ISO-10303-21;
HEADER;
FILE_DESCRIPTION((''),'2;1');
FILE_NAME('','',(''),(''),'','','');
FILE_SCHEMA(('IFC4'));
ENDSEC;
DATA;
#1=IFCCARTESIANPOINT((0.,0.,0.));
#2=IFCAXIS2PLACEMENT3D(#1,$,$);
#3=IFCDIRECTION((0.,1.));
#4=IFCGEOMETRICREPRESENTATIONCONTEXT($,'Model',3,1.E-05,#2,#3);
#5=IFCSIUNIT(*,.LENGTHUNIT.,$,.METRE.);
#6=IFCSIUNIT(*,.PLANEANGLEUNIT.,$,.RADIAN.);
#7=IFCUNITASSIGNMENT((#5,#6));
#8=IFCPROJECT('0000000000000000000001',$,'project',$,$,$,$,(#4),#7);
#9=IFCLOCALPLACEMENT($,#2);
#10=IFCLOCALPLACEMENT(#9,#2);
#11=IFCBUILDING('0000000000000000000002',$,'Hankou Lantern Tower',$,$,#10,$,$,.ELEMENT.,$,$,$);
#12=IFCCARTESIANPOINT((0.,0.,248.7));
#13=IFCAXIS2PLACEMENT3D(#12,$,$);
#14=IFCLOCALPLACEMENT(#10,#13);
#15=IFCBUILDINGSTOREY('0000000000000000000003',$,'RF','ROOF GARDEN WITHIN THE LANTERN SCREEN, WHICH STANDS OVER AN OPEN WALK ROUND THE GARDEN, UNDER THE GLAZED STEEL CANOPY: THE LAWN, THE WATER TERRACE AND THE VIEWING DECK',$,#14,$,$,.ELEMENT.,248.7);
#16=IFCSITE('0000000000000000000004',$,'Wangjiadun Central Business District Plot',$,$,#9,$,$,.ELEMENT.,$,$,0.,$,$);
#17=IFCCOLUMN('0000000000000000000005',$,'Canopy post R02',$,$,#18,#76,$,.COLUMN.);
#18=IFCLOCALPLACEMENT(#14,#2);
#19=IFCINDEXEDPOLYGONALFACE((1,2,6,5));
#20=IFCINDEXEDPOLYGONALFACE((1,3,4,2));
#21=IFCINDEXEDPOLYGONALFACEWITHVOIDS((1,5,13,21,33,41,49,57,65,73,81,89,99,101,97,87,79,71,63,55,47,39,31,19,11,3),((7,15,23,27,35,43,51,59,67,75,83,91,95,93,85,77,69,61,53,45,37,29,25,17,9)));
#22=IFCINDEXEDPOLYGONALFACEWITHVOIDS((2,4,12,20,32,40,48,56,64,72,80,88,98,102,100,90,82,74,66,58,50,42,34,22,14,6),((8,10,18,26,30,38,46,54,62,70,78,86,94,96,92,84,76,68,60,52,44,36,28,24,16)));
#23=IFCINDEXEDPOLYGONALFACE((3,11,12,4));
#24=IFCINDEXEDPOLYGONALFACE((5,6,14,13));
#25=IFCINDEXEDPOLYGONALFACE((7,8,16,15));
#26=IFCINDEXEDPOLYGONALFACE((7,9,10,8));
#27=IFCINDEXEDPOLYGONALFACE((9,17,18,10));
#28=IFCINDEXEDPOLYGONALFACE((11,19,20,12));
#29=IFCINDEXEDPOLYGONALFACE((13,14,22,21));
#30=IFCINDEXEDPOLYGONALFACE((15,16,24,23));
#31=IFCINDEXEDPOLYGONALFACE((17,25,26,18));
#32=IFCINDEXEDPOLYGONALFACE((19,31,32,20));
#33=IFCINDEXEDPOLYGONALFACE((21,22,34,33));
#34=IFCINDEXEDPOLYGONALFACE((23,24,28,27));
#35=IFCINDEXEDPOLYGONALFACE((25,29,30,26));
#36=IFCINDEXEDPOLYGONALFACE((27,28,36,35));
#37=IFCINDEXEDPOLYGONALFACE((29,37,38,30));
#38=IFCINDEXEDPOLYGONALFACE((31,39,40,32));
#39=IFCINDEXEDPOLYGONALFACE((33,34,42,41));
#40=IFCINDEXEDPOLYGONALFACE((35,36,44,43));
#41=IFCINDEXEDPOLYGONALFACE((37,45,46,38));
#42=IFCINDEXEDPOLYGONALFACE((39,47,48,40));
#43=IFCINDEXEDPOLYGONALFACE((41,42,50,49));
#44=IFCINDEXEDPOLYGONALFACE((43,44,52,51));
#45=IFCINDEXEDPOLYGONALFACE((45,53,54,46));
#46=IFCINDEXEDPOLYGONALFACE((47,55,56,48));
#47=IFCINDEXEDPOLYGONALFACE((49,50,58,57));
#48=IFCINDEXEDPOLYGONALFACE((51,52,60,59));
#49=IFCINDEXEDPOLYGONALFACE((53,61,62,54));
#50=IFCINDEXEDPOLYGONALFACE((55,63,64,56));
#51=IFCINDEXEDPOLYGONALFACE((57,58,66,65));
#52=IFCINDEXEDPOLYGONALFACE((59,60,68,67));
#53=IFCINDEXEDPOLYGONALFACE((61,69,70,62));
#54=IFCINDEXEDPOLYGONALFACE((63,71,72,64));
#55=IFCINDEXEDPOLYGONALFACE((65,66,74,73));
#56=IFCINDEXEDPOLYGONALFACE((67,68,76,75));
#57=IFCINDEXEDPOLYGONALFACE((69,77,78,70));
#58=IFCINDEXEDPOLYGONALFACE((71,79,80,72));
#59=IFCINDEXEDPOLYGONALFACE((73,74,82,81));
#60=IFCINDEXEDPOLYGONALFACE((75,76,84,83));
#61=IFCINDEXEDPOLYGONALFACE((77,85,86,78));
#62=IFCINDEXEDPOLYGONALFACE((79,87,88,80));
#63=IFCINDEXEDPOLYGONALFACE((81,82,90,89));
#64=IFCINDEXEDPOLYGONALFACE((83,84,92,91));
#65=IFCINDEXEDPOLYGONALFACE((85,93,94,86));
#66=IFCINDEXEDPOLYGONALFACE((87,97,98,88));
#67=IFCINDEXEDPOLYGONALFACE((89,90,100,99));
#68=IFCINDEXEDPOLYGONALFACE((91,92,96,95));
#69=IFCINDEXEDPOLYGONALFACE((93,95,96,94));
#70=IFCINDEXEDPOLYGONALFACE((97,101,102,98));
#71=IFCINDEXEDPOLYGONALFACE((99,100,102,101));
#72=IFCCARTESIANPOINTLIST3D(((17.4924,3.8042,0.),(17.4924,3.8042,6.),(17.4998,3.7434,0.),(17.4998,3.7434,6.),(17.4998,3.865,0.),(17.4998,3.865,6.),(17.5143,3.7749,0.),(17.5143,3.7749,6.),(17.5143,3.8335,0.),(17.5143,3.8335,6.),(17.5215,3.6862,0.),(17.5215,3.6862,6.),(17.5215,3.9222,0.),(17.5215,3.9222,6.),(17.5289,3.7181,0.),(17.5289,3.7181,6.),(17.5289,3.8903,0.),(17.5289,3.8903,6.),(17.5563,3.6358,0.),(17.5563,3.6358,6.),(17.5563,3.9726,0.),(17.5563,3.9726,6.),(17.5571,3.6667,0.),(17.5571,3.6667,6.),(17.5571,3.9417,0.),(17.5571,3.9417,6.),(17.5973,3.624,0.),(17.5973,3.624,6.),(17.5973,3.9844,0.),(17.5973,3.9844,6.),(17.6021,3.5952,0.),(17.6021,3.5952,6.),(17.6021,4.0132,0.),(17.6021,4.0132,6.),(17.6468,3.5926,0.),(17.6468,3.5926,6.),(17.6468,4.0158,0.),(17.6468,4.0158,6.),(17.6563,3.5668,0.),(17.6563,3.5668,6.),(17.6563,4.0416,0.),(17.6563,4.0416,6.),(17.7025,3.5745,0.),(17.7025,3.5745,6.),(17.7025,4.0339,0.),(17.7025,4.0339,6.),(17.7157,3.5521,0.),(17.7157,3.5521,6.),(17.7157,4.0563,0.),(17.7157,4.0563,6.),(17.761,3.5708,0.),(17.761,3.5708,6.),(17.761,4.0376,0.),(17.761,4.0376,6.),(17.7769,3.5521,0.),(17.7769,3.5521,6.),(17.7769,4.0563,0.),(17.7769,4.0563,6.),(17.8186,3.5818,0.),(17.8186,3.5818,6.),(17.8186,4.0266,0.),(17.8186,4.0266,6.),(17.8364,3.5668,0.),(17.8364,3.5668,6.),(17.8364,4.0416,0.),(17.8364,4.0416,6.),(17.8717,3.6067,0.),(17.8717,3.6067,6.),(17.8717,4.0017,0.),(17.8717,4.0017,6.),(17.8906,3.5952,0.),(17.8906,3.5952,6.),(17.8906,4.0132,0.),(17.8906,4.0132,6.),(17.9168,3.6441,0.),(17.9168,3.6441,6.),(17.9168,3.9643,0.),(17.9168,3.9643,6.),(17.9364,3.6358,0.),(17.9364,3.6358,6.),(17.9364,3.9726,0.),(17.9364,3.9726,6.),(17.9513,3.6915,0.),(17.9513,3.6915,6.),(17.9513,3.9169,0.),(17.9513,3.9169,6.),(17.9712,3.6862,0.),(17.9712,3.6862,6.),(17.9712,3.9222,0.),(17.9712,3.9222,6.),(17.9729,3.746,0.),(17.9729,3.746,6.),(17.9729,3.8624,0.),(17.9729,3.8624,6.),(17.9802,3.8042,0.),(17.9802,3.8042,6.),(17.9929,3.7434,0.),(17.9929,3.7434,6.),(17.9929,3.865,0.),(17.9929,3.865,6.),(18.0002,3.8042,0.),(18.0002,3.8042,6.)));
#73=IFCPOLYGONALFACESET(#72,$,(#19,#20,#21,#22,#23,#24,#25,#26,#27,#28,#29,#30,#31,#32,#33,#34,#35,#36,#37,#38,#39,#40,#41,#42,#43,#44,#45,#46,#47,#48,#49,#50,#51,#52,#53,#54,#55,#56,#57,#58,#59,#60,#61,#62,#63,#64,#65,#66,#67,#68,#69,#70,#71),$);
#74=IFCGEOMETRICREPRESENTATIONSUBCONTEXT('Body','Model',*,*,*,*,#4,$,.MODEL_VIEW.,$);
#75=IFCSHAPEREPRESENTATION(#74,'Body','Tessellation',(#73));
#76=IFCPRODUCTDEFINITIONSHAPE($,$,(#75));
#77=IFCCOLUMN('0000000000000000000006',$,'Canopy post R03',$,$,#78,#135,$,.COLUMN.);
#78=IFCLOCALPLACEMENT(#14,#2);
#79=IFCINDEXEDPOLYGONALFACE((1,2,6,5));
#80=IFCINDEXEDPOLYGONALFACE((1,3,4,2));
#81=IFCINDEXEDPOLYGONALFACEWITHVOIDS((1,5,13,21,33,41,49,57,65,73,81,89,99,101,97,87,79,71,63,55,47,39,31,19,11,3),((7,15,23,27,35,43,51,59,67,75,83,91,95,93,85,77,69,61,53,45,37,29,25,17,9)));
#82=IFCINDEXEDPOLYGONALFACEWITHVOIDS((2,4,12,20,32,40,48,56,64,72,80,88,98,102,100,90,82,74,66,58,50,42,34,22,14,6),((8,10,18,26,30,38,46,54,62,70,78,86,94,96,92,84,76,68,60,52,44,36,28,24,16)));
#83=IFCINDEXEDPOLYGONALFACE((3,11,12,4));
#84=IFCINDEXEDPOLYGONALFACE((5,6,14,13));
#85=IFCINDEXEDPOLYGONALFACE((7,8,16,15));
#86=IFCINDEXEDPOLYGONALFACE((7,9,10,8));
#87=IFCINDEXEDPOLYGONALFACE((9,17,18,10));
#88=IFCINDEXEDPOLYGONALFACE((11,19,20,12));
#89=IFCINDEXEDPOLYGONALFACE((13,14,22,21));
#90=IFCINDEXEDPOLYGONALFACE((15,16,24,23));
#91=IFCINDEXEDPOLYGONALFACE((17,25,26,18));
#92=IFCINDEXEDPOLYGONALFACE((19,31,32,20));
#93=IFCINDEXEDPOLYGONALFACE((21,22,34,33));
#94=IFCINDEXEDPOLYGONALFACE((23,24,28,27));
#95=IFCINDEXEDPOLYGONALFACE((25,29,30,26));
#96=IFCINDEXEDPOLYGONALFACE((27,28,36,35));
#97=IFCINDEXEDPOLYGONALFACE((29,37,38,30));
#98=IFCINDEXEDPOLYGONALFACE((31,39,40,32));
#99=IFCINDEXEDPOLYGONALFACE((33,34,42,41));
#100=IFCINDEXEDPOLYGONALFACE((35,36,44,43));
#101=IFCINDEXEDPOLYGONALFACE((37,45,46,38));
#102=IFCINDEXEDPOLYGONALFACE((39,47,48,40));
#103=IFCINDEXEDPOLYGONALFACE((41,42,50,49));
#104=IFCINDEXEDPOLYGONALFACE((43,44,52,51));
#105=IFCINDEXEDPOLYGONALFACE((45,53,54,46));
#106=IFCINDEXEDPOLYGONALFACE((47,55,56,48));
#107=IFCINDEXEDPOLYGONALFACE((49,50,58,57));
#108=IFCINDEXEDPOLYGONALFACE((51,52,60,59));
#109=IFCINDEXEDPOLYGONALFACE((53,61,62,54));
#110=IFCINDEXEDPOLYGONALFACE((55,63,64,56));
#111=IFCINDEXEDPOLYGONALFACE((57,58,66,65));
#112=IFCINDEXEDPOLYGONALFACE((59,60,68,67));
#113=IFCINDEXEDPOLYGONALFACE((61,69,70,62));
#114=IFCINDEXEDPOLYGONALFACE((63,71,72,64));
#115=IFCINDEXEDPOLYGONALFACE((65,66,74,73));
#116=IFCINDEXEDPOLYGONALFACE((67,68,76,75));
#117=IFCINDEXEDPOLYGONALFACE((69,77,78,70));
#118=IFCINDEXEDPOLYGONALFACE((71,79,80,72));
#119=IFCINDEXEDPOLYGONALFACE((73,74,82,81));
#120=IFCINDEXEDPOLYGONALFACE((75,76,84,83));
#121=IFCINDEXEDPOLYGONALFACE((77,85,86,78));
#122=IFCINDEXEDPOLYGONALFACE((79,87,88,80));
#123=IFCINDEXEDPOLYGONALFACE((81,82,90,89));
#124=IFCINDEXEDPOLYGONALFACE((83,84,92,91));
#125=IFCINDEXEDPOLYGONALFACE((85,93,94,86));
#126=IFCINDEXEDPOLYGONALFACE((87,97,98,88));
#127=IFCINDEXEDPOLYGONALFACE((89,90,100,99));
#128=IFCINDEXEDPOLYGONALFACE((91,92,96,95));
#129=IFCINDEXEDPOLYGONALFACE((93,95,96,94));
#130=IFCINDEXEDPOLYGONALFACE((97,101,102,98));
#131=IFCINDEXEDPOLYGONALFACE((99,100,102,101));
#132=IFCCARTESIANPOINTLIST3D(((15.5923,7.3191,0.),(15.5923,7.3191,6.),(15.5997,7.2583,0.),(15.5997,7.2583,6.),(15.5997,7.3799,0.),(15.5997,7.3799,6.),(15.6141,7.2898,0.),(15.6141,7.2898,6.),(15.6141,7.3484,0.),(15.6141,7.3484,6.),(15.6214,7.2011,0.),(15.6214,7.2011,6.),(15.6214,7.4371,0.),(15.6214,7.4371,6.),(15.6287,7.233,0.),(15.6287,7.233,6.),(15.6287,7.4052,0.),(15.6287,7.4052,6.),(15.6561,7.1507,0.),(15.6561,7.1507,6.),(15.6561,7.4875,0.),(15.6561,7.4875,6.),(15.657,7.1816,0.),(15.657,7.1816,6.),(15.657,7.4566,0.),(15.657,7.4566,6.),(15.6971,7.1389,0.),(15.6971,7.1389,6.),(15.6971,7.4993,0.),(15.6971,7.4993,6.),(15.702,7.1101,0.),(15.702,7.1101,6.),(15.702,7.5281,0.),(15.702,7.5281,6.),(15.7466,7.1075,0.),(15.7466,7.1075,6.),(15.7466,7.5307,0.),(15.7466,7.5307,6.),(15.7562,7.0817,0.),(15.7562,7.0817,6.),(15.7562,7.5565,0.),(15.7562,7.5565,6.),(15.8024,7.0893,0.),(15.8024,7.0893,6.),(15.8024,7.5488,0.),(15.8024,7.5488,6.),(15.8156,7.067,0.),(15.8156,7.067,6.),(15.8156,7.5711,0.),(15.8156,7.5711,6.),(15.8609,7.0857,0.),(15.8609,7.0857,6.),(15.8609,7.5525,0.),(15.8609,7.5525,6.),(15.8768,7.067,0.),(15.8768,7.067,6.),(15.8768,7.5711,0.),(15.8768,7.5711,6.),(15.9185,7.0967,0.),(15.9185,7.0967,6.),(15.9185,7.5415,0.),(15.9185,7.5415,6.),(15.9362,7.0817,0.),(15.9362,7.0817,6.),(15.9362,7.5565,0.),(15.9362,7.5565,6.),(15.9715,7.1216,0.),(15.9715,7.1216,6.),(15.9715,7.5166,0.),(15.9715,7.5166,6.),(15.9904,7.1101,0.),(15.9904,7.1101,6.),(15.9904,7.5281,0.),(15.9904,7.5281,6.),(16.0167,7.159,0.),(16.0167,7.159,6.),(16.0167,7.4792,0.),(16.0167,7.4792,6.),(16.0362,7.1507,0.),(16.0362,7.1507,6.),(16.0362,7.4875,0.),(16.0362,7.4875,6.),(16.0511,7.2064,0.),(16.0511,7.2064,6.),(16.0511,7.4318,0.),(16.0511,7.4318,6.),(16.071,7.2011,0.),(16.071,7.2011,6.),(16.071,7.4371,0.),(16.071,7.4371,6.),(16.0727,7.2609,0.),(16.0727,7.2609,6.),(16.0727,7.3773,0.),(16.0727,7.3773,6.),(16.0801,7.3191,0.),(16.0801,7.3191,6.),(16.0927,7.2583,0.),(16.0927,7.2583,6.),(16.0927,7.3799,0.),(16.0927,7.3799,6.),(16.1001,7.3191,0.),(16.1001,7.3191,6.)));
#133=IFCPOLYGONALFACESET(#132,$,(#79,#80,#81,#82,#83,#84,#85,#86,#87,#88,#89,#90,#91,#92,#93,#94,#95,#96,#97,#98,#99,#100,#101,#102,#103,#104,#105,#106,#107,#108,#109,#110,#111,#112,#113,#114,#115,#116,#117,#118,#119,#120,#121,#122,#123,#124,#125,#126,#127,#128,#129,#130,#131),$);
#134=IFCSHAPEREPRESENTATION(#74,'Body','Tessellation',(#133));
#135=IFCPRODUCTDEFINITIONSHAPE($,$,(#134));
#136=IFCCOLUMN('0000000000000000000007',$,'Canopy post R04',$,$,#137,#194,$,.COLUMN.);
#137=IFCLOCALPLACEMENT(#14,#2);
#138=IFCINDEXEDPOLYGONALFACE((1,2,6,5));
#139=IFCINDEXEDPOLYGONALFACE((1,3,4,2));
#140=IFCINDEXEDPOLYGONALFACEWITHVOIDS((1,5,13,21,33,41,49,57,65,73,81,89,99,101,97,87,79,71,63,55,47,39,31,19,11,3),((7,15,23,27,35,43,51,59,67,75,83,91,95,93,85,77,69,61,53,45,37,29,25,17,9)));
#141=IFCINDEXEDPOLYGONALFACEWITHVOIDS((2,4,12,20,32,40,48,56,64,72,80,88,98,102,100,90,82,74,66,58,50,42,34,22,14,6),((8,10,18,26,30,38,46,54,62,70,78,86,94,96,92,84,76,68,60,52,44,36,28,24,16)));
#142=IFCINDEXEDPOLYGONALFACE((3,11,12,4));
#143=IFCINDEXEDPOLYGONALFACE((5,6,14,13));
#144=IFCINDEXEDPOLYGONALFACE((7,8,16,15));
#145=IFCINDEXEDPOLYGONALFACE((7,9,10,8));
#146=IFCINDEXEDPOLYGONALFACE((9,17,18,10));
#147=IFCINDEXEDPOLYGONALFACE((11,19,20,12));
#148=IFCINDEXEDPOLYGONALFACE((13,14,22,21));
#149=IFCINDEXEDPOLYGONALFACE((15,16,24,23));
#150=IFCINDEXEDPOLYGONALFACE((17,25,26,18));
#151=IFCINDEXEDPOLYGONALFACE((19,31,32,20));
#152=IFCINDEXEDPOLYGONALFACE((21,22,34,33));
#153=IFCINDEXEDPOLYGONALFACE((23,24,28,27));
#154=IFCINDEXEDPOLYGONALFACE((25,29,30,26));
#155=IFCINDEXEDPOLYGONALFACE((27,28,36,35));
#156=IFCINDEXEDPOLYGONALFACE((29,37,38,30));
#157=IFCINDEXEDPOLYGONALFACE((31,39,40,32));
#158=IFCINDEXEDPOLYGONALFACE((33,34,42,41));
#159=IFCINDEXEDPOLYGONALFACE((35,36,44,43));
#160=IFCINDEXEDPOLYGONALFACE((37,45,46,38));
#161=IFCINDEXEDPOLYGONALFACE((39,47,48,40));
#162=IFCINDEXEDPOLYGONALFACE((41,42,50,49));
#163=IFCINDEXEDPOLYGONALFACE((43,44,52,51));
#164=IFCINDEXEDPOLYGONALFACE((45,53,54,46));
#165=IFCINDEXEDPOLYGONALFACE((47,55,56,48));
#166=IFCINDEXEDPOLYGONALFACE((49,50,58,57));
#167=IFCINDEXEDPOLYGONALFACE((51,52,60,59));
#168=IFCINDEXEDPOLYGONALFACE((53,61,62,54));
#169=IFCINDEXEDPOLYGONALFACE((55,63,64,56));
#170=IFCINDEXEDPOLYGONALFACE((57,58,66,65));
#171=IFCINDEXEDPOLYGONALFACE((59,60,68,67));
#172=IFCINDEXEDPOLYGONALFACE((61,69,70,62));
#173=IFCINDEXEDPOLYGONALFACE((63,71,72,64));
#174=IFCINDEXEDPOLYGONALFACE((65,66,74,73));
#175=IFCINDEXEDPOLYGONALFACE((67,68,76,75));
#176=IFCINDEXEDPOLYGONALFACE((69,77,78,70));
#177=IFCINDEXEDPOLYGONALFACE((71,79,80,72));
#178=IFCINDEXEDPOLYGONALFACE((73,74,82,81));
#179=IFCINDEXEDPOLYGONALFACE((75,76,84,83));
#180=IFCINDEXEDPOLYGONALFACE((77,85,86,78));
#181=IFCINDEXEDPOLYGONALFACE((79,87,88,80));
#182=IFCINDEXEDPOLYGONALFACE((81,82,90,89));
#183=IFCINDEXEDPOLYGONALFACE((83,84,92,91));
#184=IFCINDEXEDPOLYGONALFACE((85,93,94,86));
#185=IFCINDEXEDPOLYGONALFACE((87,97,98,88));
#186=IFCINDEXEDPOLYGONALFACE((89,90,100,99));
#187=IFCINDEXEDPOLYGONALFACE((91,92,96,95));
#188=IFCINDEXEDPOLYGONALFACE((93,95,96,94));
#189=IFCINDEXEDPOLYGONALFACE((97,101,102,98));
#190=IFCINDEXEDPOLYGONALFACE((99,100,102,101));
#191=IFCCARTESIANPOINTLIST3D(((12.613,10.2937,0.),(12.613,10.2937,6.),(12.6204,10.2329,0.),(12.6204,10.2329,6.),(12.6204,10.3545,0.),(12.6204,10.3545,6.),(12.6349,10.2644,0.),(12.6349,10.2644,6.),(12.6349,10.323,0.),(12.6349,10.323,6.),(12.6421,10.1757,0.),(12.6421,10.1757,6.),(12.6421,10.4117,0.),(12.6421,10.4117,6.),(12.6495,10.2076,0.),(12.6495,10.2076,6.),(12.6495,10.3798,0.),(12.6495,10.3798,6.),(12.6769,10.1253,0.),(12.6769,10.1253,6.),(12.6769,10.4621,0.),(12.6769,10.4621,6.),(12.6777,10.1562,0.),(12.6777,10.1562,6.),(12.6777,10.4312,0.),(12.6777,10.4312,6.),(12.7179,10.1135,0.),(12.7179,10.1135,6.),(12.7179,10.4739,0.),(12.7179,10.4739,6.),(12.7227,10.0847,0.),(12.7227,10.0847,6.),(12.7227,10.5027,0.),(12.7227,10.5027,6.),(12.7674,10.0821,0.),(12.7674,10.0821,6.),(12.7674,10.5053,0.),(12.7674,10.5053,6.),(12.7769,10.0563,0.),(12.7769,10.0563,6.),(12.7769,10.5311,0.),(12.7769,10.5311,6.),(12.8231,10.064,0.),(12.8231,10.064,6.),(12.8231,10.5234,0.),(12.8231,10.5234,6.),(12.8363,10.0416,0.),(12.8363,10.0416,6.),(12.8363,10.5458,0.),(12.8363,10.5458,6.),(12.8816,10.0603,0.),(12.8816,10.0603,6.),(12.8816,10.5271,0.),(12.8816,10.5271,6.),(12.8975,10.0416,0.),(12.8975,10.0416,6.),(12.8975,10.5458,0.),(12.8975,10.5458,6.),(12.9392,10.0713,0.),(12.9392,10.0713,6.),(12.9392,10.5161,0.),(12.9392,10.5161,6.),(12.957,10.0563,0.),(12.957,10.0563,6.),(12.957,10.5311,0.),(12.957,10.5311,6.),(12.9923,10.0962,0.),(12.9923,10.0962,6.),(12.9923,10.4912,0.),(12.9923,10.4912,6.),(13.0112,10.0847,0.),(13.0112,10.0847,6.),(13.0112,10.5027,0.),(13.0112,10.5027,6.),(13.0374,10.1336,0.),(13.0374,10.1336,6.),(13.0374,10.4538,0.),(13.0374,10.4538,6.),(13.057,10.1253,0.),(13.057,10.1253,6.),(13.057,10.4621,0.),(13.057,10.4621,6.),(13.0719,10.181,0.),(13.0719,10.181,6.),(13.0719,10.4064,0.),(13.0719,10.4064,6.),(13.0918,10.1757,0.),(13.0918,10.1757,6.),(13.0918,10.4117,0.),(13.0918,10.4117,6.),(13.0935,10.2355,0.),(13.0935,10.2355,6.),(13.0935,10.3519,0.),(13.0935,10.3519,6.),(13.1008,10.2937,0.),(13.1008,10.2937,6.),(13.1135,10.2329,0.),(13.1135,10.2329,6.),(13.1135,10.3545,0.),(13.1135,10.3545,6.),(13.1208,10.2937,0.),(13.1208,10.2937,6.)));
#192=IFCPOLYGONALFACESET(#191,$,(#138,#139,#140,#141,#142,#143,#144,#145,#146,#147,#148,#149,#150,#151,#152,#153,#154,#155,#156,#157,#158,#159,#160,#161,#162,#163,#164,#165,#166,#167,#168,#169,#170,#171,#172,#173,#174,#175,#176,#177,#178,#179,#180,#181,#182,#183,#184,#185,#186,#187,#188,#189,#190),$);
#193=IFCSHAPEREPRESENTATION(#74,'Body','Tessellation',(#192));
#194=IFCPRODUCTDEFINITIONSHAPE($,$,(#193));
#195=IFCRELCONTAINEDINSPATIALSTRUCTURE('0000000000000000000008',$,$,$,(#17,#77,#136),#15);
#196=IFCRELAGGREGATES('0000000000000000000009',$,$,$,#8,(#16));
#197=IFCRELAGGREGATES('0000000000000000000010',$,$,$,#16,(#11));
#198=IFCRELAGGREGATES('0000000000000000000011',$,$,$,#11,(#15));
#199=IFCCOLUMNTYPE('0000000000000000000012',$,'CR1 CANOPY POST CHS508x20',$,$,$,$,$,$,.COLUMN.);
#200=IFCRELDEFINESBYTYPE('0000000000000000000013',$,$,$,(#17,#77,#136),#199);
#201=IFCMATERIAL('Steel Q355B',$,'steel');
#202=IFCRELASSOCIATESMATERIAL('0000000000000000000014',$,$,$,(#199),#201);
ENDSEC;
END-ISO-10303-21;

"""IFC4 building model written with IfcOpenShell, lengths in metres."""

from ifc_helpers import new_model, si_unit, direction, frame, origin, origin_2d, place, context, subcontext, project, spatial, hollow_circle, extrude, material, material_profile, profile_set, type_object, element, save


model = new_model("IFC4")

# Units and contexts
model_context = context("Model", 3, precision=1e-05, world=origin(), true_north=direction((0.0, 1.0)))
body_context = subcontext(model_context, "Body", "Model", "MODEL_VIEW")
ifc_project = project(units=[si_unit("LENGTHUNIT", "METRE"), si_unit("PLANEANGLEUNIT", "RADIAN")], contexts=[model_context])

# Site, building, storey
site_placement = place(None, origin())
site = spatial("IfcSite", under=ifc_project, at=site_placement, Name="Wangjiadun Central Business District Plot", CompositionType="ELEMENT", RefElevation=0.0)
building_placement = place(site_placement, origin())
building = spatial("IfcBuilding", under=site, at=building_placement, Name="Hankou Lantern Tower", CompositionType="ELEMENT")
storey_placement = place(building_placement, frame((0.0, 0.0, 248.7)))
storey = spatial("IfcBuildingStorey", under=building, at=storey_placement, Name="RF", Description="ROOF GARDEN WITHIN THE LANTERN SCREEN, WHICH STANDS OVER AN OPEN WALK ROUND THE GARDEN, UNDER THE GLAZED STEEL CANOPY: THE LAWN, THE WATER TERRACE AND THE VIEWING DECK", CompositionType="ELEMENT", Elevation=248.7)

# Columns
ifc_material_1 = material(Name="Steel Q355B", Category="steel")
ifc_material_profile_1 = material_profile(ifc_material_1, hollow_circle(Radius=0.2539, WallThickness=0.02, at=origin_2d()), Name="CHS508x20")
ifc_profile_set_1 = profile_set([ifc_material_profile_1], Name="Steel Q355B")
column_type = type_object("IfcColumnType", Name="CR1 CANOPY POST CHS508x20", PredefinedType="COLUMN", material=ifc_profile_set_1)
for number, where, z_axis, x_axis, name in (
    (1, (17.7463, 3.8042, 0.0), (0.0, 0.0, 1.0), (1.0, 0.0, 0.0), "Canopy post R02"),
    (2, (15.8462, 7.3191, 0.0), (0.0, 0.0, 1.0), (1.0, 0.0, 0.0), "Canopy post R03"),
    (3, (12.8669, 10.2937, 0.0), (0.0, 0.0, 1.0), (1.0, 0.0, 0.0), "Canopy post R04"),
):
    element("IfcColumn", number, at=place(storey_placement, frame(where, z_axis=z_axis, x_axis=x_axis)), inside=storey, type_object=column_type, Name=name, PredefinedType="COLUMN", context=body_context, shape_type="SweptSolid", body=[
        extrude(hollow_circle(Radius=0.2539, WallThickness=0.02, at=origin_2d()), origin(), (0.0, 0.0, 1.0), 6.0),
    ])

save(model, "model.ifc")
